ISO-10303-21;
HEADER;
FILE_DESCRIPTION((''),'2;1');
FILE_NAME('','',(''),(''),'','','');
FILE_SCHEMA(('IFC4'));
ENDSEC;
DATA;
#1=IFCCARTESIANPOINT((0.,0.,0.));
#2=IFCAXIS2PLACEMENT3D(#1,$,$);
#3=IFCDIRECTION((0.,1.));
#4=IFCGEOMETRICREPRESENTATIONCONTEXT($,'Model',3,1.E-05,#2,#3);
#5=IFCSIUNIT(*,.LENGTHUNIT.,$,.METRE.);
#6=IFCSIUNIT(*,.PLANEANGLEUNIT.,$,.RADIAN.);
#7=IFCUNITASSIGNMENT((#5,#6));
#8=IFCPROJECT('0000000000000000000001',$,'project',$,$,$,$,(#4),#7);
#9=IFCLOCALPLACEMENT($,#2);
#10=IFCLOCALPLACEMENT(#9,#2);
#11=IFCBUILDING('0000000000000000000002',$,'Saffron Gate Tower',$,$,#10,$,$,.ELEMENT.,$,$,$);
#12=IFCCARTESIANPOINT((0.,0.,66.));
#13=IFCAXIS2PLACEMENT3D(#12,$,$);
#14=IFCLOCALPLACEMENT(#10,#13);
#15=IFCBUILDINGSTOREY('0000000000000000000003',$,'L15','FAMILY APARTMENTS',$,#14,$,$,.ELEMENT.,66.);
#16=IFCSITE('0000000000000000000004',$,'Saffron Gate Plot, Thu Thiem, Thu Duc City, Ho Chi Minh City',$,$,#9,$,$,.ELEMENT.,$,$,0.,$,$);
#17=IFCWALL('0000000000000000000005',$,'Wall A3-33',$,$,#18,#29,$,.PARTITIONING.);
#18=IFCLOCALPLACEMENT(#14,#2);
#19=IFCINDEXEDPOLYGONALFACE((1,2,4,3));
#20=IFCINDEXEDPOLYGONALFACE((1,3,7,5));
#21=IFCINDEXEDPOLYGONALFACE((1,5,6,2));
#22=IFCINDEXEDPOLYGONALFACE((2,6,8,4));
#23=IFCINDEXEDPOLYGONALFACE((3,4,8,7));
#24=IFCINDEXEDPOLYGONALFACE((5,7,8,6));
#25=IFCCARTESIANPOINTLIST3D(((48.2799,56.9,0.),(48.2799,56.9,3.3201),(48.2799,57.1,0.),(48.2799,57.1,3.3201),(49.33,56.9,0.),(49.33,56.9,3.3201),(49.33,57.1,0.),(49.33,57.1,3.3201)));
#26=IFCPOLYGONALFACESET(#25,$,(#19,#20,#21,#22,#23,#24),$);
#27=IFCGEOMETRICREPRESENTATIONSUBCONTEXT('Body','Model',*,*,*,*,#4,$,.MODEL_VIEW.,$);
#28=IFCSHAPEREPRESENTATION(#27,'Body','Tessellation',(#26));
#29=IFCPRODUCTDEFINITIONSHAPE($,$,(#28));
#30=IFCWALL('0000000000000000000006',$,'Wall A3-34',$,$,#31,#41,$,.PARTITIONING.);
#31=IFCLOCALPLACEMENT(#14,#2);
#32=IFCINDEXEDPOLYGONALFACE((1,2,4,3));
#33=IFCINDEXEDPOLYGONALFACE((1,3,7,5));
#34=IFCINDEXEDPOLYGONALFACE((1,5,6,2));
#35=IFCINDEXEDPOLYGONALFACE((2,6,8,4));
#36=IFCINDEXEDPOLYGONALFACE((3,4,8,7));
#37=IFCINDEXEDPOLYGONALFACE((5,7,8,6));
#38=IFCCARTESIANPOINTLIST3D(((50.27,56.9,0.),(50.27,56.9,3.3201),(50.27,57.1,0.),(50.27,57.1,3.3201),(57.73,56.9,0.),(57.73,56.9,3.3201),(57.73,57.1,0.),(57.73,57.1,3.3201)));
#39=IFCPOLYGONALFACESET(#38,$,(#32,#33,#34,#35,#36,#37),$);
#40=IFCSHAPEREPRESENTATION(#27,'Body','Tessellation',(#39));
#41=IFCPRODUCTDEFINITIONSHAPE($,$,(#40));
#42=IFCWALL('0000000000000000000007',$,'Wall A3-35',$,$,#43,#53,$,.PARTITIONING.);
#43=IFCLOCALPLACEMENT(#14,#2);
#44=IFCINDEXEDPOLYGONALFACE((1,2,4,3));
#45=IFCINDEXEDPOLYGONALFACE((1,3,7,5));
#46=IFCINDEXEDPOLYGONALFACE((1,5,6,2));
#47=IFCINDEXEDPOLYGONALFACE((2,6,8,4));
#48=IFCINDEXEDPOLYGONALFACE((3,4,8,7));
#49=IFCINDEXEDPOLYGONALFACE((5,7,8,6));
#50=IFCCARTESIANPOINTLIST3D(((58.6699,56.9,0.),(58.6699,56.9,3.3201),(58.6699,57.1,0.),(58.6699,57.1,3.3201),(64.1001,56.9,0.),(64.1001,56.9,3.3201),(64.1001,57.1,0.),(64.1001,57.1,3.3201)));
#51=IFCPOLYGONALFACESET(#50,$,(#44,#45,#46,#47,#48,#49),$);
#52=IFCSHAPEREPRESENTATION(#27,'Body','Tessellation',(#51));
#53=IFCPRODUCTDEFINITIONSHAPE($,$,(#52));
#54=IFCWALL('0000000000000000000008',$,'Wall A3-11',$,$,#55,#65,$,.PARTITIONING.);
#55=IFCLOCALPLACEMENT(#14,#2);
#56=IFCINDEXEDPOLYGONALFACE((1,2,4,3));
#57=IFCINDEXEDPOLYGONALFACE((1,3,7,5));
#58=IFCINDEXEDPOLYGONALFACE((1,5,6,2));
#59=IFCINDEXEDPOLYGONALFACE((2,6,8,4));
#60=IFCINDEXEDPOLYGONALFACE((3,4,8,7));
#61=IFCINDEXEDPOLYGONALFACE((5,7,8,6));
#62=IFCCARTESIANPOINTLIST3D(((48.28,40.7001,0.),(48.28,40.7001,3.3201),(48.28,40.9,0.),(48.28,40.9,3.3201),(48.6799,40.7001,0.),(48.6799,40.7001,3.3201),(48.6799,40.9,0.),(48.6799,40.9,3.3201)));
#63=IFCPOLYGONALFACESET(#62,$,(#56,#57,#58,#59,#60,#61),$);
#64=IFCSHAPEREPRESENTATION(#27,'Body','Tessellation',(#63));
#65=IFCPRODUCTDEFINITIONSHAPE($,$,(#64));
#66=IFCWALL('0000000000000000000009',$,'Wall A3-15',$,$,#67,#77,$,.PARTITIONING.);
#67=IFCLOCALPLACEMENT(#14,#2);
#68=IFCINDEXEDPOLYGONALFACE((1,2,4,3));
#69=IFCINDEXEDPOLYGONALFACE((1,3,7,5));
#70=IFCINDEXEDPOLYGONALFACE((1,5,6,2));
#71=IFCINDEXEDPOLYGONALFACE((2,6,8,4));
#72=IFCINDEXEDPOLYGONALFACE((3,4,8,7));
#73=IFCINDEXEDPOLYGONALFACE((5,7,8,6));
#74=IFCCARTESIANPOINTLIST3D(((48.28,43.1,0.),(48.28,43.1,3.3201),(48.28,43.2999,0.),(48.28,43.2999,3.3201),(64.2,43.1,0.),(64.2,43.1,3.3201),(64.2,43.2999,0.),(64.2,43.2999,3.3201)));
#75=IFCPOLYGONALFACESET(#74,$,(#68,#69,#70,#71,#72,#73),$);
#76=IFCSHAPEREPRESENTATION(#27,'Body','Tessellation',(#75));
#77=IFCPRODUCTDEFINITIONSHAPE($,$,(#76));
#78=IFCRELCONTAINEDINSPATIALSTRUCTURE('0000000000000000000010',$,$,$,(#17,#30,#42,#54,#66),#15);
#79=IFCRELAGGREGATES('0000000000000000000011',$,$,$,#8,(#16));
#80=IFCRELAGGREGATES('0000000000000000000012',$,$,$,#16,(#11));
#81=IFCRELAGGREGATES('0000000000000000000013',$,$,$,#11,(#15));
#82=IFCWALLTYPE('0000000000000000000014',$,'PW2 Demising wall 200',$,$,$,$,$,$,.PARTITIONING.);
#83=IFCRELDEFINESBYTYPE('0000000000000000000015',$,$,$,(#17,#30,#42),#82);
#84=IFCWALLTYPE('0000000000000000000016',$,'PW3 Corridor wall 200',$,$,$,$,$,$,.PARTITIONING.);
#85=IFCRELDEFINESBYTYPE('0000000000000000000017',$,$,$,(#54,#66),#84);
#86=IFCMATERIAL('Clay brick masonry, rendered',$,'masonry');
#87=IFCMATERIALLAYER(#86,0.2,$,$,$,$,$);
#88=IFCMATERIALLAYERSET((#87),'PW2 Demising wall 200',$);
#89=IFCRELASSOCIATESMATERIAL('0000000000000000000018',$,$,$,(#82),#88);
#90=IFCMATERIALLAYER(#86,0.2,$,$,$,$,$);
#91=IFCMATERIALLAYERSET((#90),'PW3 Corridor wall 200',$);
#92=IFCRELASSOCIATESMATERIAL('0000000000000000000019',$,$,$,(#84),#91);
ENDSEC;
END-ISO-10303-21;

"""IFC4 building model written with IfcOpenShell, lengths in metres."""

from ifc_helpers import new_model, si_unit, direction, frame, frame_2d, origin, place, context, subcontext, project, spatial, rectangle, extrude, material, layer, layer_set, type_object, element, save


model = new_model("IFC4")

# Units and contexts
model_context = context("Model", 3, precision=1e-05, world=origin(), true_north=direction((0.0, 1.0)))
body_context = subcontext(model_context, "Body", "Model", "MODEL_VIEW")
ifc_project = project(units=[si_unit("LENGTHUNIT", "METRE"), si_unit("PLANEANGLEUNIT", "RADIAN")], contexts=[model_context])

# Site, building, storey
site_placement = place(None, origin())
site = spatial("IfcSite", under=ifc_project, at=site_placement, Name="Saffron Gate Plot, Thu Thiem, Thu Duc City, Ho Chi Minh City", CompositionType="ELEMENT", RefElevation=0.0)
building_placement = place(site_placement, origin())
building = spatial("IfcBuilding", under=site, at=building_placement, Name="Saffron Gate Tower", CompositionType="ELEMENT")
storey_placement = place(building_placement, frame((0.0, 0.0, 66.0)))
storey = spatial("IfcBuildingStorey", under=building, at=storey_placement, Name="L15", Description="FAMILY APARTMENTS", CompositionType="ELEMENT", Elevation=66.0)

# Walls
ifc_material_1 = material(Name="Clay brick masonry, rendered", Category="masonry")
ifc_layer_1 = layer(ifc_material_1, 0.2)
ifc_layer_set_1 = layer_set([ifc_layer_1], Name="PW2 Demising wall 200")
wall_type_1 = type_object("IfcWallType", Name="PW2 Demising wall 200", PredefinedType="PARTITIONING", material=ifc_layer_set_1)
wall_1_placement = place(storey_placement, frame((48.28, 57.0, 0.0), z_axis=(0.0, 0.0, 1.0), x_axis=(1.0, 0.0, 0.0)))
element("IfcWall", 1, at=wall_1_placement, inside=storey, type_object=wall_type_1, Name="Wall A3-33", PredefinedType="PARTITIONING", context=body_context, shape_type="SweptSolid", body=[
    extrude(rectangle(XDim=1.05, YDim=0.2, at=frame_2d((0.5249, 0.0))), origin(), (0.0, 0.0, 1.0), 3.3201),
])
wall_2_placement = place(storey_placement, frame((50.27, 57.0, 0.0), z_axis=(0.0, 0.0, 1.0), x_axis=(1.0, 0.0, 0.0)))
element("IfcWall", 2, at=wall_2_placement, inside=storey, type_object=wall_type_1, Name="Wall A3-34", PredefinedType="PARTITIONING", context=body_context, shape_type="SweptSolid", body=[
    extrude(rectangle(XDim=7.46, YDim=0.2, at=frame_2d((3.73, 0.0))), origin(), (0.0, 0.0, 1.0), 3.3201),
])
wall_3_placement = place(storey_placement, frame((58.6699, 57.0, 0.0), z_axis=(0.0, 0.0, 1.0), x_axis=(1.0, 0.0, 0.0)))
element("IfcWall", 3, at=wall_3_placement, inside=storey, type_object=wall_type_1, Name="Wall A3-35", PredefinedType="PARTITIONING", context=body_context, shape_type="SweptSolid", body=[
    extrude(rectangle(XDim=5.4302, YDim=0.2, at=frame_2d((2.7151, 0.0))), origin(), (0.0, 0.0, 1.0), 3.3201),
])
ifc_layer_2 = layer(ifc_material_1, 0.2)
ifc_layer_set_2 = layer_set([ifc_layer_2], Name="PW3 Corridor wall 200")
wall_type_2 = type_object("IfcWallType", Name="PW3 Corridor wall 200", PredefinedType="PARTITIONING", material=ifc_layer_set_2)
wall_4_placement = place(storey_placement, frame((48.28, 40.8, 0.0), z_axis=(0.0, 0.0, 1.0), x_axis=(1.0, 0.0, 0.0)))
element("IfcWall", 4, at=wall_4_placement, inside=storey, type_object=wall_type_2, Name="Wall A3-11", PredefinedType="PARTITIONING", context=body_context, shape_type="SweptSolid", body=[
    extrude(rectangle(XDim=0.3999, YDim=0.2, at=frame_2d((0.2, 0.0))), origin(), (0.0, 0.0, 1.0), 3.3201),
])
wall_5_placement = place(storey_placement, frame((48.28, 43.2, 0.0), z_axis=(0.0, 0.0, 1.0), x_axis=(1.0, 0.0, 0.0)))
element("IfcWall", 5, at=wall_5_placement, inside=storey, type_object=wall_type_2, Name="Wall A3-15", PredefinedType="PARTITIONING", context=body_context, shape_type="SweptSolid", body=[
    extrude(rectangle(XDim=15.9199, YDim=0.2, at=frame_2d((7.96, 0.0))), origin(), (0.0, 0.0, 1.0), 3.3201),
])

save(model, "model.ifc")
